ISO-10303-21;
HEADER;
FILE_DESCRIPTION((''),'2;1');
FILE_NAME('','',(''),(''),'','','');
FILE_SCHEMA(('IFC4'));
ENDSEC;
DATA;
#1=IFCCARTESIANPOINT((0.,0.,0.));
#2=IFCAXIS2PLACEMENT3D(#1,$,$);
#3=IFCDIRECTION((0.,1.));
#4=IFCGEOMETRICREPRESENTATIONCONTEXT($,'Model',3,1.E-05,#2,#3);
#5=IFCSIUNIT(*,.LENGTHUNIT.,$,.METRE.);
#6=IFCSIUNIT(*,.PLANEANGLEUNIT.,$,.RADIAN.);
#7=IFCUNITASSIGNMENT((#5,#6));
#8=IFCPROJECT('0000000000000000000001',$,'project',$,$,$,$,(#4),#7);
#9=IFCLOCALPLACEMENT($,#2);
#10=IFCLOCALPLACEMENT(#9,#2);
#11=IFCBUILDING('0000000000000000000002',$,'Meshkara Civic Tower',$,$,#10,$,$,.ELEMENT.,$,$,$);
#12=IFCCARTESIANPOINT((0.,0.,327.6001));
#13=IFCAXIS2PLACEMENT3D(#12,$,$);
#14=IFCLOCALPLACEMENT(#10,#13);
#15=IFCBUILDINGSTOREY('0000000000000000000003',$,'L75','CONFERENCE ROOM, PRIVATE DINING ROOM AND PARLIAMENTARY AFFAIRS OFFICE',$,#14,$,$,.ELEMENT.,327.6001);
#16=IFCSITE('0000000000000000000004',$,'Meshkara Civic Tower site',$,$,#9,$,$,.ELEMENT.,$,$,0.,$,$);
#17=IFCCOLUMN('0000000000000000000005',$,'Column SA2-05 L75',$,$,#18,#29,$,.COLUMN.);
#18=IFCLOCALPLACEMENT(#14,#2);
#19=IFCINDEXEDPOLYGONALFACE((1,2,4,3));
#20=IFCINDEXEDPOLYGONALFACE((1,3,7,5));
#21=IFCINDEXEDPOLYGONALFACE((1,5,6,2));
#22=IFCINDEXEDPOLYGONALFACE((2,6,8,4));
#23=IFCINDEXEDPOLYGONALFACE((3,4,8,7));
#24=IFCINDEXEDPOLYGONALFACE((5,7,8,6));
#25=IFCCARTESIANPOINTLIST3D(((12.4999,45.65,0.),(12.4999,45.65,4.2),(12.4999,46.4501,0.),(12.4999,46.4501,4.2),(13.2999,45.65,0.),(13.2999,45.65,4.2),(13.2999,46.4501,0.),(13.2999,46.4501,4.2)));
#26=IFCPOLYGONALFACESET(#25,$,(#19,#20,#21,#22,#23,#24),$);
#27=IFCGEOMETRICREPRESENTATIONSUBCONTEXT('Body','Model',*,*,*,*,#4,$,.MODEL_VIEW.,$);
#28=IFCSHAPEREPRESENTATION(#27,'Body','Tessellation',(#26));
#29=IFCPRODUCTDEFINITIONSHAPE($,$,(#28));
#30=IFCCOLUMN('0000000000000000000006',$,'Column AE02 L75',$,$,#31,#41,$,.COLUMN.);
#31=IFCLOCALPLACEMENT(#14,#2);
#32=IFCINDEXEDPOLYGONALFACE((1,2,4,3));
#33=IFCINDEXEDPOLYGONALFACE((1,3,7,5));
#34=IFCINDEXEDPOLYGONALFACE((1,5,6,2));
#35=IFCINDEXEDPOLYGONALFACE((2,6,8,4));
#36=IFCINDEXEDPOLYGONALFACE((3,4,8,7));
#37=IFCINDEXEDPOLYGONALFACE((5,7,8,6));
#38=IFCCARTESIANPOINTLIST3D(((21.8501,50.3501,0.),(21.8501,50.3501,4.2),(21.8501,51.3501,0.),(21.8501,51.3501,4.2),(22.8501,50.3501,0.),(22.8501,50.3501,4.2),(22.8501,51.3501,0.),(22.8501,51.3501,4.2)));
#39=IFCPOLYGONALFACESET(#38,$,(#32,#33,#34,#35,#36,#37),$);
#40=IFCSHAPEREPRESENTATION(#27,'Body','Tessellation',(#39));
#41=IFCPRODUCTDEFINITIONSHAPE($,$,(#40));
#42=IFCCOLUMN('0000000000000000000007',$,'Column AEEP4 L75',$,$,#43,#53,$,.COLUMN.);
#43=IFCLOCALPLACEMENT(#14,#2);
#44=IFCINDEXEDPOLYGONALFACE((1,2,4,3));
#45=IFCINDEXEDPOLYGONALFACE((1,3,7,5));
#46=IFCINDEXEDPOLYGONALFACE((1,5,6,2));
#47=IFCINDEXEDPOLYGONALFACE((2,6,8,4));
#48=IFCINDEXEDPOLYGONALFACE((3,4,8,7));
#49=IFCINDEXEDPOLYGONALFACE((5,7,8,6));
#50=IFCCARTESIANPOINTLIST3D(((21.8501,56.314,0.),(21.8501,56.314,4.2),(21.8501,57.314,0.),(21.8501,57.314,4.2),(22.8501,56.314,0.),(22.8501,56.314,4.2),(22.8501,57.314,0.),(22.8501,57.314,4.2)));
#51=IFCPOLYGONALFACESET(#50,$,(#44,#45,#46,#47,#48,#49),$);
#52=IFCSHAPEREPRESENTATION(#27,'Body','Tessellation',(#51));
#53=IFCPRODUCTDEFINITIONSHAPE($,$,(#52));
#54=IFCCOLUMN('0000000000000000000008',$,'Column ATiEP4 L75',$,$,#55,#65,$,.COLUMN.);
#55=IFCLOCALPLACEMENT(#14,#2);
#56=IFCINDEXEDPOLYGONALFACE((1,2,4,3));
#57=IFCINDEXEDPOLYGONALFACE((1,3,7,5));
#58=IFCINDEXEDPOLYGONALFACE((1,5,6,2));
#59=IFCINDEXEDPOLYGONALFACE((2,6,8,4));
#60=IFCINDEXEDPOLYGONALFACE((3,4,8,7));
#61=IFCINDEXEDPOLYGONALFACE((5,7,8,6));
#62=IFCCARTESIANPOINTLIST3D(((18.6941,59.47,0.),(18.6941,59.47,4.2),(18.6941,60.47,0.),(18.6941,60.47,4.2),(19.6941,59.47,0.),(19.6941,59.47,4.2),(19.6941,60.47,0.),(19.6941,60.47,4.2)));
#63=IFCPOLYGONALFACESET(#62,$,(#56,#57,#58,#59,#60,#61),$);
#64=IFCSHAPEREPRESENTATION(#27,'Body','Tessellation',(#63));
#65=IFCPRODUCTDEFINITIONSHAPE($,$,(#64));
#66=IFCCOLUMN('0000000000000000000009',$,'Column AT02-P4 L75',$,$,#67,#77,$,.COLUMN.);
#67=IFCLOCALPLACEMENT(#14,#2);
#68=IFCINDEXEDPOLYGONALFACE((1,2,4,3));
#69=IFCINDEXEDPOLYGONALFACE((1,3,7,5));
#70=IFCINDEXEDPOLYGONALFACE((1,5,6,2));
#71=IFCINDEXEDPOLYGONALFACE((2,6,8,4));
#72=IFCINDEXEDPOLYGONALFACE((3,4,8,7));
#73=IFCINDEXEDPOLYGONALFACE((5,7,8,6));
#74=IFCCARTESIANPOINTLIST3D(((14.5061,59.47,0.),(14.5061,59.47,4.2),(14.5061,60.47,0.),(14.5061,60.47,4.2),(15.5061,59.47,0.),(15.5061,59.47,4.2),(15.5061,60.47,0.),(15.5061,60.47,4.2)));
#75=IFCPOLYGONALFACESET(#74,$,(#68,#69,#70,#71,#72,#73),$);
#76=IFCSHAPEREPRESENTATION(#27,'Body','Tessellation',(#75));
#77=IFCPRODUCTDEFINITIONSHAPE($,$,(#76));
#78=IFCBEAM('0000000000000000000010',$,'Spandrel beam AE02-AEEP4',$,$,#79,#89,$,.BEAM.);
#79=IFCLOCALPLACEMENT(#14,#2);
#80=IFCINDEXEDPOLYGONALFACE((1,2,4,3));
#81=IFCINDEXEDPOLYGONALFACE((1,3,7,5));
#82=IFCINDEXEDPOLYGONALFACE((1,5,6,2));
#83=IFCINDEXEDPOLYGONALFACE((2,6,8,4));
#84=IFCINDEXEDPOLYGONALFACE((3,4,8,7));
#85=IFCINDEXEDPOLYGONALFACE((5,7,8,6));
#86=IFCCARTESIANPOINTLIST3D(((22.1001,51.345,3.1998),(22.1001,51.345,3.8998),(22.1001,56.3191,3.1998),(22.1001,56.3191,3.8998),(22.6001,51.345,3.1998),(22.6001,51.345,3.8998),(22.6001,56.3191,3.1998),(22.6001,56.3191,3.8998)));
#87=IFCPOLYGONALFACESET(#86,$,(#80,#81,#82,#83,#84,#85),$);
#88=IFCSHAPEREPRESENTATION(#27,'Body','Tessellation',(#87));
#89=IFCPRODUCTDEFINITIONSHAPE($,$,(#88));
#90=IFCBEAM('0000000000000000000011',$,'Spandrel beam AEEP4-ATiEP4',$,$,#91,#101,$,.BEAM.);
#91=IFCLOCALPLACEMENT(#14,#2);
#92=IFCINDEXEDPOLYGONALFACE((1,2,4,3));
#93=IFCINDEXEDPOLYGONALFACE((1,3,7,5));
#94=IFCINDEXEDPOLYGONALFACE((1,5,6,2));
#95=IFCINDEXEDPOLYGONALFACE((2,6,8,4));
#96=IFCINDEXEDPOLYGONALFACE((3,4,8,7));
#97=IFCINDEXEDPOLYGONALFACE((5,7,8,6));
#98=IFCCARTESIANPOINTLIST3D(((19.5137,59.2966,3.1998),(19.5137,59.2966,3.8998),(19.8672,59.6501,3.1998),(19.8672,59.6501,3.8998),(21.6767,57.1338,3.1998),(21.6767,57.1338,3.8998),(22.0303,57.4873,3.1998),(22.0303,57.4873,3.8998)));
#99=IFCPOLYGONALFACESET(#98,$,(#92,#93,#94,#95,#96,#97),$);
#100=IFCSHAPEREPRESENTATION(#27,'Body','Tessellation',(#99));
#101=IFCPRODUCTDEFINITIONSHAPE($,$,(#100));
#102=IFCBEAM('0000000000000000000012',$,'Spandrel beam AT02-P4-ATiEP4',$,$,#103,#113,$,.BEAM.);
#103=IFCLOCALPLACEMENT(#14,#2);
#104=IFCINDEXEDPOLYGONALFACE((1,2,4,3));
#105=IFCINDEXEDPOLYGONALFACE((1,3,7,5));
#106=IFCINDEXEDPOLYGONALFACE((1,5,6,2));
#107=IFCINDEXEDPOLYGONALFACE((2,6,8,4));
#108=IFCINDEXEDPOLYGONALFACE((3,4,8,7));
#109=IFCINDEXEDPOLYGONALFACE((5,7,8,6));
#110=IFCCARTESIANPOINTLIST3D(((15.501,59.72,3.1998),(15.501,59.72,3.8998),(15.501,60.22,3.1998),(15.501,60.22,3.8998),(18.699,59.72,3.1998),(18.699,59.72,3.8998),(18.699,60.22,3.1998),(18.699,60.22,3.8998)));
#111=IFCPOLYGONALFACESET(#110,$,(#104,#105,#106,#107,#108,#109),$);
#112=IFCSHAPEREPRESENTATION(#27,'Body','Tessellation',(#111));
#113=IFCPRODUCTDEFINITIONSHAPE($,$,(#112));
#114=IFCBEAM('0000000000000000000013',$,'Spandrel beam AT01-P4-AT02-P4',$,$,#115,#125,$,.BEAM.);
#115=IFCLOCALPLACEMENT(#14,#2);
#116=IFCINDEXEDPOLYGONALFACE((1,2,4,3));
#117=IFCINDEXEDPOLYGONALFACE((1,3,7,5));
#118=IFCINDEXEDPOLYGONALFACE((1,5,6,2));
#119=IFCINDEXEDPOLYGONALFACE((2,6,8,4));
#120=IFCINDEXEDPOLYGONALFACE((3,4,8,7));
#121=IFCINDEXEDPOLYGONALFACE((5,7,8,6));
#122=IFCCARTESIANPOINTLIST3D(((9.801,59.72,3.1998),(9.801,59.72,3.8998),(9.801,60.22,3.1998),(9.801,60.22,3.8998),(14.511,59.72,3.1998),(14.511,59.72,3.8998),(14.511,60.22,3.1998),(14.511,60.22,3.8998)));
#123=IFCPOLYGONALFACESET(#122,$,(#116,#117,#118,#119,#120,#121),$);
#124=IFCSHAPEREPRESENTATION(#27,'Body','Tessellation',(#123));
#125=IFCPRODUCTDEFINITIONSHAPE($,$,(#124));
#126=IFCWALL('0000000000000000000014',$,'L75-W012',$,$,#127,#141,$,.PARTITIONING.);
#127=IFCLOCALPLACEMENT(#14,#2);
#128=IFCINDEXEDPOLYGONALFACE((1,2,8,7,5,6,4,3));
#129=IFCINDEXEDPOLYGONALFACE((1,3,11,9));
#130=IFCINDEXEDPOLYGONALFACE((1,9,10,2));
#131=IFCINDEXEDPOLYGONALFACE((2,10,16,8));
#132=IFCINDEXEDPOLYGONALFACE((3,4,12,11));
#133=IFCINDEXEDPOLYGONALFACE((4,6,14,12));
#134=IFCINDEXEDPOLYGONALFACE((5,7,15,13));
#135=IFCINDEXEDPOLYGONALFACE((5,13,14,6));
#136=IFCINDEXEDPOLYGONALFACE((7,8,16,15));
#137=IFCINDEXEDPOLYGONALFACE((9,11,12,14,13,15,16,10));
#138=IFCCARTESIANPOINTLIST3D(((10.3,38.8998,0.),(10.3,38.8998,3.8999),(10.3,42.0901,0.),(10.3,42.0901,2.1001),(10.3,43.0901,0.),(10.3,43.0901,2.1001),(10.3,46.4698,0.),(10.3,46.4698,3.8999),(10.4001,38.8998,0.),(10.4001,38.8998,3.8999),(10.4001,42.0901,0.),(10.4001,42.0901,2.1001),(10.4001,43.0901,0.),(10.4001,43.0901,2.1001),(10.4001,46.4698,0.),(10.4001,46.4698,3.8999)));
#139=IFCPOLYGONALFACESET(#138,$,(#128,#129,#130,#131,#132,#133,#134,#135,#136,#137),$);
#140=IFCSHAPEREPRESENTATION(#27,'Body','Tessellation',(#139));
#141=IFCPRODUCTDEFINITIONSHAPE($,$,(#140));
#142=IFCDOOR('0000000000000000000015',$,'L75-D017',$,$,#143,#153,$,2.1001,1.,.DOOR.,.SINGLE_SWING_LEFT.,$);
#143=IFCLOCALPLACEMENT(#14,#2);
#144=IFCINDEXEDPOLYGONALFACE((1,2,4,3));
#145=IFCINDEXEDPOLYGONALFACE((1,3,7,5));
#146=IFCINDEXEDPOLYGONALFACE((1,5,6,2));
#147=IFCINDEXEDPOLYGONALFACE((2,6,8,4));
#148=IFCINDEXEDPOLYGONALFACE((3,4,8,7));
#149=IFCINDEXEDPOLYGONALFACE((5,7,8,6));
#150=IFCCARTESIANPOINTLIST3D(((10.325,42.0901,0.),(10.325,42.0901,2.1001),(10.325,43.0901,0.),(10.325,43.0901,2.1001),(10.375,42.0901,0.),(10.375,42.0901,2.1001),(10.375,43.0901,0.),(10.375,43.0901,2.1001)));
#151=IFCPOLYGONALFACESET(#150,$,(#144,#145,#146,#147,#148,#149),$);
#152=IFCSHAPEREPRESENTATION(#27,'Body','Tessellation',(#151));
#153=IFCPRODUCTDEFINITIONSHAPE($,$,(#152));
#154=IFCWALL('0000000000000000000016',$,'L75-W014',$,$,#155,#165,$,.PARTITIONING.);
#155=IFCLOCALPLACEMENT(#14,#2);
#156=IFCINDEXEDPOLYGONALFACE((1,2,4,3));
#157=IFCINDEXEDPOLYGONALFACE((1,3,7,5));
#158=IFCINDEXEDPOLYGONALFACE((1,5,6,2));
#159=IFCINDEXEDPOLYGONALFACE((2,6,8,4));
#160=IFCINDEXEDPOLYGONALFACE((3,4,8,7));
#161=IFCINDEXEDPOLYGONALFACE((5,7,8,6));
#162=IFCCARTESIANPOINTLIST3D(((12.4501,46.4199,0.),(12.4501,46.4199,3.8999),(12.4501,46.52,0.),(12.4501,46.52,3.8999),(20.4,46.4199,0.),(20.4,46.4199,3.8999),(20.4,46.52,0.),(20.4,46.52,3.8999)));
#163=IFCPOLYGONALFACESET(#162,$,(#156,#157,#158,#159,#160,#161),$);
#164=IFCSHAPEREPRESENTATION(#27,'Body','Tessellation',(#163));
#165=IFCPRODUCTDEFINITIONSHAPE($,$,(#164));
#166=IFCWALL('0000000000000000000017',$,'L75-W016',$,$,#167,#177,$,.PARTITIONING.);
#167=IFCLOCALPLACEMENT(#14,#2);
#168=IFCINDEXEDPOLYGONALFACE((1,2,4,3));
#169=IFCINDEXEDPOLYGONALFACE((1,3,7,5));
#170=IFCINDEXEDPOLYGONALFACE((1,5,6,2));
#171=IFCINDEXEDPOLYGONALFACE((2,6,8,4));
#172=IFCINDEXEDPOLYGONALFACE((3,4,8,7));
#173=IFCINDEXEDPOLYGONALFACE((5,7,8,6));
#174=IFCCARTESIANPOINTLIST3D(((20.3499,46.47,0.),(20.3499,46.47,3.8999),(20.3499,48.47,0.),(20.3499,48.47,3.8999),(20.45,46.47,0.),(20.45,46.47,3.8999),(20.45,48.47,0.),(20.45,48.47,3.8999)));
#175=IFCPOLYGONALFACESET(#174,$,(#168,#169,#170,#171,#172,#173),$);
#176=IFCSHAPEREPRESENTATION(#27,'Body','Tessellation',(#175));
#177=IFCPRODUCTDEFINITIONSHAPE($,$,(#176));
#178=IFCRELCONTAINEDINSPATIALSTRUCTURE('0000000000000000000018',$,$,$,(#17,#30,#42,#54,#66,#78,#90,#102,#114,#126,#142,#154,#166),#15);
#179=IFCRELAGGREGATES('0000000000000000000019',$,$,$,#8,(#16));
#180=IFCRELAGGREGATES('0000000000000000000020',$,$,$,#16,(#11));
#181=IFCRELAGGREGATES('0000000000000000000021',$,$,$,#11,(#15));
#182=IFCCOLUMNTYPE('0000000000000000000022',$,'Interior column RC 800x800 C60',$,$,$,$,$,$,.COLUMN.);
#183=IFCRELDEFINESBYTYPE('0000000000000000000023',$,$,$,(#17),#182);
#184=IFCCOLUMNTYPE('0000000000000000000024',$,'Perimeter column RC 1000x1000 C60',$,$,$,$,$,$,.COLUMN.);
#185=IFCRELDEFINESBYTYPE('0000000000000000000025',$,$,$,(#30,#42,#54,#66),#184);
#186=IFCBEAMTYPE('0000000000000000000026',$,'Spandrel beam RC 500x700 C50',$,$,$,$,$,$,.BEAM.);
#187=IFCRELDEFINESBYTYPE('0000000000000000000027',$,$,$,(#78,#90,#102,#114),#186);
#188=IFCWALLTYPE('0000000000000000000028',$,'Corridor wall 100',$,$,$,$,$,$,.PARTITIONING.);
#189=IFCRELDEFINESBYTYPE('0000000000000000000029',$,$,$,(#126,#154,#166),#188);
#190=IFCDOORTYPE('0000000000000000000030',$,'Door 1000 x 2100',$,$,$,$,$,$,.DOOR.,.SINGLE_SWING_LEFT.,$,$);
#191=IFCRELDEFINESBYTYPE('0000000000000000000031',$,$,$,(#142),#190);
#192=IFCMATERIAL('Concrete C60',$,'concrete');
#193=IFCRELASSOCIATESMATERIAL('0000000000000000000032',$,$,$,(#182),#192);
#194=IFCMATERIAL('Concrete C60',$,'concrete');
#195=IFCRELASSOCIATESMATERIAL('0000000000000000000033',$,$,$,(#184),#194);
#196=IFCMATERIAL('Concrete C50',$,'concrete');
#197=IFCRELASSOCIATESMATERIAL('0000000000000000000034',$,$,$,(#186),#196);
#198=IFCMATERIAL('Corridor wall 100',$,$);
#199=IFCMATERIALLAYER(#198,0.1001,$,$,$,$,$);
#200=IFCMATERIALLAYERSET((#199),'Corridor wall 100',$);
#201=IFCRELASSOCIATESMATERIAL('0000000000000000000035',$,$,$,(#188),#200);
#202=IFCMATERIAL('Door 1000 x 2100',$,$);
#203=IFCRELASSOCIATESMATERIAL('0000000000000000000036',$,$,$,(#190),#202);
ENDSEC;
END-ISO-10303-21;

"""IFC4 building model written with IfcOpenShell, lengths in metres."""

from ifc_helpers import new_model, si_unit, direction, frame, frame_2d, origin, origin_2d, place, context, subcontext, project, spatial, rectangle, extrude, material, layer, layer_set, material_profile, profile_set, type_object, element, fill, save


model = new_model("IFC4")

# Units and contexts
model_context = context("Model", 3, precision=1e-05, world=origin(), true_north=direction((0.0, 1.0)))
body_context = subcontext(model_context, "Body", "Model", "MODEL_VIEW")
ifc_project = project(units=[si_unit("LENGTHUNIT", "METRE"), si_unit("PLANEANGLEUNIT", "RADIAN")], contexts=[model_context])

# Site, building, storey
site_placement = place(None, origin())
site = spatial("IfcSite", under=ifc_project, at=site_placement, Name="Meshkara Civic Tower site", CompositionType="ELEMENT", RefElevation=0.0)
building_placement = place(site_placement, origin())
building = spatial("IfcBuilding", under=site, at=building_placement, Name="Meshkara Civic Tower", CompositionType="ELEMENT")
storey_placement = place(building_placement, frame((0.0, 0.0, 327.6001)))
storey = spatial("IfcBuildingStorey", under=building, at=storey_placement, Name="L75", Description="CONFERENCE ROOM, PRIVATE DINING ROOM AND PARLIAMENTARY AFFAIRS OFFICE", CompositionType="ELEMENT", Elevation=327.6001)

# Columns
ifc_material_1 = material(Name="Concrete C60", Category="concrete")
ifc_material_profile_1 = material_profile(ifc_material_1, rectangle(XDim=0.8, YDim=0.8, at=origin_2d()))
ifc_profile_set_1 = profile_set([ifc_material_profile_1], Name="Concrete C60")
column_type_1 = type_object("IfcColumnType", Name="Interior column RC 800x800 C60", PredefinedType="COLUMN", material=ifc_profile_set_1)
column_placement = place(storey_placement, frame((12.8999, 46.05, 0.0), z_axis=(0.0, 0.0, 1.0), x_axis=(1.0, 0.0, 0.0)))
element("IfcColumn", 1, at=column_placement, inside=storey, type_object=column_type_1, Name="Column SA2-05 L75", PredefinedType="COLUMN", context=body_context, shape_type="SweptSolid", body=[
    extrude(rectangle(XDim=0.8, YDim=0.8, at=origin_2d()), origin(), (0.0, 0.0, 1.0), 4.2),
])
ifc_material_2 = material(Name="Concrete C60", Category="concrete")
ifc_material_profile_2 = material_profile(ifc_material_2, rectangle(XDim=1.0, YDim=1.0, at=origin_2d()))
ifc_profile_set_2 = profile_set([ifc_material_profile_2], Name="Concrete C60")
column_type_2 = type_object("IfcColumnType", Name="Perimeter column RC 1000x1000 C60", PredefinedType="COLUMN", material=ifc_profile_set_2)
for number, where, z_axis, x_axis, name in (
    (2, (22.3501, 50.8501, 0.0), (0.0, 0.0, 1.0), (1.0, 0.0, 0.0), "Column AE02 L75"),
    (3, (22.3501, 56.814, 0.0), (0.0, 0.0, 1.0), (1.0, 0.0, 0.0), "Column AEEP4 L75"),
    (4, (19.1941, 59.97, 0.0), (0.0, 0.0, 1.0), (1.0, 0.0, 0.0), "Column ATiEP4 L75"),
    (5, (15.0061, 59.97, 0.0), (0.0, 0.0, 1.0), (1.0, 0.0, 0.0), "Column AT02-P4 L75"),
):
    element("IfcColumn", number, at=place(storey_placement, frame(where, z_axis=z_axis, x_axis=x_axis)), inside=storey, type_object=column_type_2, Name=name, PredefinedType="COLUMN", context=body_context, shape_type="SweptSolid", body=[
        extrude(rectangle(XDim=1.0, YDim=1.0, at=origin_2d()), origin(), (0.0, 0.0, 1.0), 4.2),
    ])

# Beams
ifc_material_3 = material(Name="Concrete C50", Category="concrete")
ifc_material_profile_3 = material_profile(ifc_material_3, rectangle(XDim=0.5, YDim=0.7, at=origin_2d()))
ifc_profile_set_3 = profile_set([ifc_material_profile_3], Name="Concrete C50")
beam_type = type_object("IfcBeamType", Name="Spandrel beam RC 500x700 C50", PredefinedType="BEAM", material=ifc_profile_set_3)
beam_1_placement = place(storey_placement, frame((22.3501, 51.345, 3.5498), z_axis=(0.0, 1.0, 0.0), x_axis=(-1.0, 0.0, 0.0)))
element("IfcBeam", 6, at=beam_1_placement, inside=storey, type_object=beam_type, Name="Spandrel beam AE02-AEEP4", PredefinedType="BEAM", context=body_context, shape_type="SweptSolid", body=[
    extrude(rectangle(XDim=0.5, YDim=0.7, at=origin_2d()), origin(), (0.0, 0.0, 1.0), 4.9741),
])
beam_2_placement = place(storey_placement, frame((21.8535, 57.3105, 3.5498), z_axis=(-0.707147, 0.707067, 0.0), x_axis=(-0.707067, -0.707147, 0.0)))
element("IfcBeam", 7, at=beam_2_placement, inside=storey, type_object=beam_type, Name="Spandrel beam AEEP4-ATiEP4", PredefinedType="BEAM", context=body_context, shape_type="SweptSolid", body=[
    extrude(rectangle(XDim=0.5, YDim=0.7, at=origin_2d()), origin(), (0.0, 0.0, 1.0), 3.0588),
])
beam_3_placement = place(storey_placement, frame((18.699, 59.97, 3.5498), z_axis=(-1.0, 0.0, 0.0), x_axis=(0.0, -1.0, 0.0)))
element("IfcBeam", 8, at=beam_3_placement, inside=storey, type_object=beam_type, Name="Spandrel beam AT02-P4-ATiEP4", PredefinedType="BEAM", context=body_context, shape_type="SweptSolid", body=[
    extrude(rectangle(XDim=0.5, YDim=0.7, at=origin_2d()), origin(), (0.0, 0.0, 1.0), 3.198),
])
beam_4_placement = place(storey_placement, frame((14.511, 59.97, 3.5498), z_axis=(-1.0, 0.0, 0.0), x_axis=(0.0, -1.0, 0.0)))
element("IfcBeam", 9, at=beam_4_placement, inside=storey, type_object=beam_type, Name="Spandrel beam AT01-P4-AT02-P4", PredefinedType="BEAM", context=body_context, shape_type="SweptSolid", body=[
    extrude(rectangle(XDim=0.5, YDim=0.7, at=origin_2d()), origin(), (0.0, 0.0, 1.0), 4.71),
])

# Wall, opening, door
ifc_material_4 = material(Name="Corridor wall 100")
ifc_layer_1 = layer(ifc_material_4, 0.1001)
ifc_layer_set_1 = layer_set([ifc_layer_1], Name="Corridor wall 100")
wall_type_1 = type_object("IfcWallType", Name="Corridor wall 100", PredefinedType="PARTITIONING", material=ifc_layer_set_1)
wall_1_placement = place(storey_placement, frame((10.3501, 46.47, 0.0), z_axis=(0.0, 0.0, 1.0), x_axis=(0.0, -1.0, 0.0)))
wall_1 = element("IfcWall", 10, at=wall_1_placement, inside=storey, type_object=wall_type_1, Name="L75-W012", PredefinedType="PARTITIONING", context=body_context, shape_type="SweptSolid", body=[
    extrude(rectangle(XDim=7.5701, YDim=0.1001, at=frame_2d((3.7852, 0.0))), origin(), (0.0, 0.0, 1.0), 3.8999),
])
opening_1_placement = place(wall_1_placement, frame((3.3799, 0.0, 0.0)))
opening_1 = element("IfcOpeningElement", 11, at=opening_1_placement, cuts=wall_1, PredefinedType="OPENING", context=body_context, shape_type="SweptSolid", body=[
    extrude(rectangle(XDim=1.0, YDim=2.1001, at=frame_2d((0.5, 1.05))), frame((0.0, 0.0601, 0.0), z_axis=(0.0, -1.0, 0.0), x_axis=(1.0, 0.0, 0.0)), (0.0, 0.0, 1.0), 0.1201),
])
ifc_material_5 = material(Name="Door 1000 x 2100")
door_type_1 = type_object("IfcDoorType", Name="Door 1000 x 2100", OperationType="SINGLE_SWING_LEFT", PredefinedType="DOOR", material=ifc_material_5)
door_1_placement = place(opening_1_placement, origin())
door_1 = element("IfcDoor", 12, at=door_1_placement, inside=storey, type_object=door_type_1, Name="L75-D017", OperationType="SINGLE_SWING_LEFT", OverallHeight=2.1001, OverallWidth=1.0, PredefinedType="DOOR", context=body_context, shape_type="SweptSolid", body=[
    extrude(rectangle(XDim=1.0, YDim=2.1001, at=frame_2d((0.5, 1.05))), frame((0.0, 0.0249, 0.0), z_axis=(0.0, -1.0, 0.0), x_axis=(1.0, 0.0, 0.0)), (0.0, 0.0, 1.0), 0.05),
])
fill(opening_1, door_1)

# Walls
wall_2_placement = place(storey_placement, frame((12.45, 46.47, 0.0), z_axis=(0.0, 0.0, 1.0), x_axis=(1.0, 0.0, 0.0)))
element("IfcWall", 13, at=wall_2_placement, inside=storey, type_object=wall_type_1, Name="L75-W014", PredefinedType="PARTITIONING", context=body_context, shape_type="SweptSolid", body=[
    extrude(rectangle(XDim=7.95, YDim=0.1001, at=frame_2d((3.9751, 0.0))), origin(), (0.0, 0.0, 1.0), 3.8999),
])
wall_3_placement = place(storey_placement, frame((20.3999, 46.47, 0.0), z_axis=(0.0, 0.0, 1.0), x_axis=(0.0, 1.0, 0.0)))
element("IfcWall", 14, at=wall_3_placement, inside=storey, type_object=wall_type_1, Name="L75-W016", PredefinedType="PARTITIONING", context=body_context, shape_type="SweptSolid", body=[
    extrude(rectangle(XDim=2.0, YDim=0.1001, at=frame_2d((1.0, 0.0))), origin(), (0.0, 0.0, 1.0), 3.8999),
])

save(model, "model.ifc")
